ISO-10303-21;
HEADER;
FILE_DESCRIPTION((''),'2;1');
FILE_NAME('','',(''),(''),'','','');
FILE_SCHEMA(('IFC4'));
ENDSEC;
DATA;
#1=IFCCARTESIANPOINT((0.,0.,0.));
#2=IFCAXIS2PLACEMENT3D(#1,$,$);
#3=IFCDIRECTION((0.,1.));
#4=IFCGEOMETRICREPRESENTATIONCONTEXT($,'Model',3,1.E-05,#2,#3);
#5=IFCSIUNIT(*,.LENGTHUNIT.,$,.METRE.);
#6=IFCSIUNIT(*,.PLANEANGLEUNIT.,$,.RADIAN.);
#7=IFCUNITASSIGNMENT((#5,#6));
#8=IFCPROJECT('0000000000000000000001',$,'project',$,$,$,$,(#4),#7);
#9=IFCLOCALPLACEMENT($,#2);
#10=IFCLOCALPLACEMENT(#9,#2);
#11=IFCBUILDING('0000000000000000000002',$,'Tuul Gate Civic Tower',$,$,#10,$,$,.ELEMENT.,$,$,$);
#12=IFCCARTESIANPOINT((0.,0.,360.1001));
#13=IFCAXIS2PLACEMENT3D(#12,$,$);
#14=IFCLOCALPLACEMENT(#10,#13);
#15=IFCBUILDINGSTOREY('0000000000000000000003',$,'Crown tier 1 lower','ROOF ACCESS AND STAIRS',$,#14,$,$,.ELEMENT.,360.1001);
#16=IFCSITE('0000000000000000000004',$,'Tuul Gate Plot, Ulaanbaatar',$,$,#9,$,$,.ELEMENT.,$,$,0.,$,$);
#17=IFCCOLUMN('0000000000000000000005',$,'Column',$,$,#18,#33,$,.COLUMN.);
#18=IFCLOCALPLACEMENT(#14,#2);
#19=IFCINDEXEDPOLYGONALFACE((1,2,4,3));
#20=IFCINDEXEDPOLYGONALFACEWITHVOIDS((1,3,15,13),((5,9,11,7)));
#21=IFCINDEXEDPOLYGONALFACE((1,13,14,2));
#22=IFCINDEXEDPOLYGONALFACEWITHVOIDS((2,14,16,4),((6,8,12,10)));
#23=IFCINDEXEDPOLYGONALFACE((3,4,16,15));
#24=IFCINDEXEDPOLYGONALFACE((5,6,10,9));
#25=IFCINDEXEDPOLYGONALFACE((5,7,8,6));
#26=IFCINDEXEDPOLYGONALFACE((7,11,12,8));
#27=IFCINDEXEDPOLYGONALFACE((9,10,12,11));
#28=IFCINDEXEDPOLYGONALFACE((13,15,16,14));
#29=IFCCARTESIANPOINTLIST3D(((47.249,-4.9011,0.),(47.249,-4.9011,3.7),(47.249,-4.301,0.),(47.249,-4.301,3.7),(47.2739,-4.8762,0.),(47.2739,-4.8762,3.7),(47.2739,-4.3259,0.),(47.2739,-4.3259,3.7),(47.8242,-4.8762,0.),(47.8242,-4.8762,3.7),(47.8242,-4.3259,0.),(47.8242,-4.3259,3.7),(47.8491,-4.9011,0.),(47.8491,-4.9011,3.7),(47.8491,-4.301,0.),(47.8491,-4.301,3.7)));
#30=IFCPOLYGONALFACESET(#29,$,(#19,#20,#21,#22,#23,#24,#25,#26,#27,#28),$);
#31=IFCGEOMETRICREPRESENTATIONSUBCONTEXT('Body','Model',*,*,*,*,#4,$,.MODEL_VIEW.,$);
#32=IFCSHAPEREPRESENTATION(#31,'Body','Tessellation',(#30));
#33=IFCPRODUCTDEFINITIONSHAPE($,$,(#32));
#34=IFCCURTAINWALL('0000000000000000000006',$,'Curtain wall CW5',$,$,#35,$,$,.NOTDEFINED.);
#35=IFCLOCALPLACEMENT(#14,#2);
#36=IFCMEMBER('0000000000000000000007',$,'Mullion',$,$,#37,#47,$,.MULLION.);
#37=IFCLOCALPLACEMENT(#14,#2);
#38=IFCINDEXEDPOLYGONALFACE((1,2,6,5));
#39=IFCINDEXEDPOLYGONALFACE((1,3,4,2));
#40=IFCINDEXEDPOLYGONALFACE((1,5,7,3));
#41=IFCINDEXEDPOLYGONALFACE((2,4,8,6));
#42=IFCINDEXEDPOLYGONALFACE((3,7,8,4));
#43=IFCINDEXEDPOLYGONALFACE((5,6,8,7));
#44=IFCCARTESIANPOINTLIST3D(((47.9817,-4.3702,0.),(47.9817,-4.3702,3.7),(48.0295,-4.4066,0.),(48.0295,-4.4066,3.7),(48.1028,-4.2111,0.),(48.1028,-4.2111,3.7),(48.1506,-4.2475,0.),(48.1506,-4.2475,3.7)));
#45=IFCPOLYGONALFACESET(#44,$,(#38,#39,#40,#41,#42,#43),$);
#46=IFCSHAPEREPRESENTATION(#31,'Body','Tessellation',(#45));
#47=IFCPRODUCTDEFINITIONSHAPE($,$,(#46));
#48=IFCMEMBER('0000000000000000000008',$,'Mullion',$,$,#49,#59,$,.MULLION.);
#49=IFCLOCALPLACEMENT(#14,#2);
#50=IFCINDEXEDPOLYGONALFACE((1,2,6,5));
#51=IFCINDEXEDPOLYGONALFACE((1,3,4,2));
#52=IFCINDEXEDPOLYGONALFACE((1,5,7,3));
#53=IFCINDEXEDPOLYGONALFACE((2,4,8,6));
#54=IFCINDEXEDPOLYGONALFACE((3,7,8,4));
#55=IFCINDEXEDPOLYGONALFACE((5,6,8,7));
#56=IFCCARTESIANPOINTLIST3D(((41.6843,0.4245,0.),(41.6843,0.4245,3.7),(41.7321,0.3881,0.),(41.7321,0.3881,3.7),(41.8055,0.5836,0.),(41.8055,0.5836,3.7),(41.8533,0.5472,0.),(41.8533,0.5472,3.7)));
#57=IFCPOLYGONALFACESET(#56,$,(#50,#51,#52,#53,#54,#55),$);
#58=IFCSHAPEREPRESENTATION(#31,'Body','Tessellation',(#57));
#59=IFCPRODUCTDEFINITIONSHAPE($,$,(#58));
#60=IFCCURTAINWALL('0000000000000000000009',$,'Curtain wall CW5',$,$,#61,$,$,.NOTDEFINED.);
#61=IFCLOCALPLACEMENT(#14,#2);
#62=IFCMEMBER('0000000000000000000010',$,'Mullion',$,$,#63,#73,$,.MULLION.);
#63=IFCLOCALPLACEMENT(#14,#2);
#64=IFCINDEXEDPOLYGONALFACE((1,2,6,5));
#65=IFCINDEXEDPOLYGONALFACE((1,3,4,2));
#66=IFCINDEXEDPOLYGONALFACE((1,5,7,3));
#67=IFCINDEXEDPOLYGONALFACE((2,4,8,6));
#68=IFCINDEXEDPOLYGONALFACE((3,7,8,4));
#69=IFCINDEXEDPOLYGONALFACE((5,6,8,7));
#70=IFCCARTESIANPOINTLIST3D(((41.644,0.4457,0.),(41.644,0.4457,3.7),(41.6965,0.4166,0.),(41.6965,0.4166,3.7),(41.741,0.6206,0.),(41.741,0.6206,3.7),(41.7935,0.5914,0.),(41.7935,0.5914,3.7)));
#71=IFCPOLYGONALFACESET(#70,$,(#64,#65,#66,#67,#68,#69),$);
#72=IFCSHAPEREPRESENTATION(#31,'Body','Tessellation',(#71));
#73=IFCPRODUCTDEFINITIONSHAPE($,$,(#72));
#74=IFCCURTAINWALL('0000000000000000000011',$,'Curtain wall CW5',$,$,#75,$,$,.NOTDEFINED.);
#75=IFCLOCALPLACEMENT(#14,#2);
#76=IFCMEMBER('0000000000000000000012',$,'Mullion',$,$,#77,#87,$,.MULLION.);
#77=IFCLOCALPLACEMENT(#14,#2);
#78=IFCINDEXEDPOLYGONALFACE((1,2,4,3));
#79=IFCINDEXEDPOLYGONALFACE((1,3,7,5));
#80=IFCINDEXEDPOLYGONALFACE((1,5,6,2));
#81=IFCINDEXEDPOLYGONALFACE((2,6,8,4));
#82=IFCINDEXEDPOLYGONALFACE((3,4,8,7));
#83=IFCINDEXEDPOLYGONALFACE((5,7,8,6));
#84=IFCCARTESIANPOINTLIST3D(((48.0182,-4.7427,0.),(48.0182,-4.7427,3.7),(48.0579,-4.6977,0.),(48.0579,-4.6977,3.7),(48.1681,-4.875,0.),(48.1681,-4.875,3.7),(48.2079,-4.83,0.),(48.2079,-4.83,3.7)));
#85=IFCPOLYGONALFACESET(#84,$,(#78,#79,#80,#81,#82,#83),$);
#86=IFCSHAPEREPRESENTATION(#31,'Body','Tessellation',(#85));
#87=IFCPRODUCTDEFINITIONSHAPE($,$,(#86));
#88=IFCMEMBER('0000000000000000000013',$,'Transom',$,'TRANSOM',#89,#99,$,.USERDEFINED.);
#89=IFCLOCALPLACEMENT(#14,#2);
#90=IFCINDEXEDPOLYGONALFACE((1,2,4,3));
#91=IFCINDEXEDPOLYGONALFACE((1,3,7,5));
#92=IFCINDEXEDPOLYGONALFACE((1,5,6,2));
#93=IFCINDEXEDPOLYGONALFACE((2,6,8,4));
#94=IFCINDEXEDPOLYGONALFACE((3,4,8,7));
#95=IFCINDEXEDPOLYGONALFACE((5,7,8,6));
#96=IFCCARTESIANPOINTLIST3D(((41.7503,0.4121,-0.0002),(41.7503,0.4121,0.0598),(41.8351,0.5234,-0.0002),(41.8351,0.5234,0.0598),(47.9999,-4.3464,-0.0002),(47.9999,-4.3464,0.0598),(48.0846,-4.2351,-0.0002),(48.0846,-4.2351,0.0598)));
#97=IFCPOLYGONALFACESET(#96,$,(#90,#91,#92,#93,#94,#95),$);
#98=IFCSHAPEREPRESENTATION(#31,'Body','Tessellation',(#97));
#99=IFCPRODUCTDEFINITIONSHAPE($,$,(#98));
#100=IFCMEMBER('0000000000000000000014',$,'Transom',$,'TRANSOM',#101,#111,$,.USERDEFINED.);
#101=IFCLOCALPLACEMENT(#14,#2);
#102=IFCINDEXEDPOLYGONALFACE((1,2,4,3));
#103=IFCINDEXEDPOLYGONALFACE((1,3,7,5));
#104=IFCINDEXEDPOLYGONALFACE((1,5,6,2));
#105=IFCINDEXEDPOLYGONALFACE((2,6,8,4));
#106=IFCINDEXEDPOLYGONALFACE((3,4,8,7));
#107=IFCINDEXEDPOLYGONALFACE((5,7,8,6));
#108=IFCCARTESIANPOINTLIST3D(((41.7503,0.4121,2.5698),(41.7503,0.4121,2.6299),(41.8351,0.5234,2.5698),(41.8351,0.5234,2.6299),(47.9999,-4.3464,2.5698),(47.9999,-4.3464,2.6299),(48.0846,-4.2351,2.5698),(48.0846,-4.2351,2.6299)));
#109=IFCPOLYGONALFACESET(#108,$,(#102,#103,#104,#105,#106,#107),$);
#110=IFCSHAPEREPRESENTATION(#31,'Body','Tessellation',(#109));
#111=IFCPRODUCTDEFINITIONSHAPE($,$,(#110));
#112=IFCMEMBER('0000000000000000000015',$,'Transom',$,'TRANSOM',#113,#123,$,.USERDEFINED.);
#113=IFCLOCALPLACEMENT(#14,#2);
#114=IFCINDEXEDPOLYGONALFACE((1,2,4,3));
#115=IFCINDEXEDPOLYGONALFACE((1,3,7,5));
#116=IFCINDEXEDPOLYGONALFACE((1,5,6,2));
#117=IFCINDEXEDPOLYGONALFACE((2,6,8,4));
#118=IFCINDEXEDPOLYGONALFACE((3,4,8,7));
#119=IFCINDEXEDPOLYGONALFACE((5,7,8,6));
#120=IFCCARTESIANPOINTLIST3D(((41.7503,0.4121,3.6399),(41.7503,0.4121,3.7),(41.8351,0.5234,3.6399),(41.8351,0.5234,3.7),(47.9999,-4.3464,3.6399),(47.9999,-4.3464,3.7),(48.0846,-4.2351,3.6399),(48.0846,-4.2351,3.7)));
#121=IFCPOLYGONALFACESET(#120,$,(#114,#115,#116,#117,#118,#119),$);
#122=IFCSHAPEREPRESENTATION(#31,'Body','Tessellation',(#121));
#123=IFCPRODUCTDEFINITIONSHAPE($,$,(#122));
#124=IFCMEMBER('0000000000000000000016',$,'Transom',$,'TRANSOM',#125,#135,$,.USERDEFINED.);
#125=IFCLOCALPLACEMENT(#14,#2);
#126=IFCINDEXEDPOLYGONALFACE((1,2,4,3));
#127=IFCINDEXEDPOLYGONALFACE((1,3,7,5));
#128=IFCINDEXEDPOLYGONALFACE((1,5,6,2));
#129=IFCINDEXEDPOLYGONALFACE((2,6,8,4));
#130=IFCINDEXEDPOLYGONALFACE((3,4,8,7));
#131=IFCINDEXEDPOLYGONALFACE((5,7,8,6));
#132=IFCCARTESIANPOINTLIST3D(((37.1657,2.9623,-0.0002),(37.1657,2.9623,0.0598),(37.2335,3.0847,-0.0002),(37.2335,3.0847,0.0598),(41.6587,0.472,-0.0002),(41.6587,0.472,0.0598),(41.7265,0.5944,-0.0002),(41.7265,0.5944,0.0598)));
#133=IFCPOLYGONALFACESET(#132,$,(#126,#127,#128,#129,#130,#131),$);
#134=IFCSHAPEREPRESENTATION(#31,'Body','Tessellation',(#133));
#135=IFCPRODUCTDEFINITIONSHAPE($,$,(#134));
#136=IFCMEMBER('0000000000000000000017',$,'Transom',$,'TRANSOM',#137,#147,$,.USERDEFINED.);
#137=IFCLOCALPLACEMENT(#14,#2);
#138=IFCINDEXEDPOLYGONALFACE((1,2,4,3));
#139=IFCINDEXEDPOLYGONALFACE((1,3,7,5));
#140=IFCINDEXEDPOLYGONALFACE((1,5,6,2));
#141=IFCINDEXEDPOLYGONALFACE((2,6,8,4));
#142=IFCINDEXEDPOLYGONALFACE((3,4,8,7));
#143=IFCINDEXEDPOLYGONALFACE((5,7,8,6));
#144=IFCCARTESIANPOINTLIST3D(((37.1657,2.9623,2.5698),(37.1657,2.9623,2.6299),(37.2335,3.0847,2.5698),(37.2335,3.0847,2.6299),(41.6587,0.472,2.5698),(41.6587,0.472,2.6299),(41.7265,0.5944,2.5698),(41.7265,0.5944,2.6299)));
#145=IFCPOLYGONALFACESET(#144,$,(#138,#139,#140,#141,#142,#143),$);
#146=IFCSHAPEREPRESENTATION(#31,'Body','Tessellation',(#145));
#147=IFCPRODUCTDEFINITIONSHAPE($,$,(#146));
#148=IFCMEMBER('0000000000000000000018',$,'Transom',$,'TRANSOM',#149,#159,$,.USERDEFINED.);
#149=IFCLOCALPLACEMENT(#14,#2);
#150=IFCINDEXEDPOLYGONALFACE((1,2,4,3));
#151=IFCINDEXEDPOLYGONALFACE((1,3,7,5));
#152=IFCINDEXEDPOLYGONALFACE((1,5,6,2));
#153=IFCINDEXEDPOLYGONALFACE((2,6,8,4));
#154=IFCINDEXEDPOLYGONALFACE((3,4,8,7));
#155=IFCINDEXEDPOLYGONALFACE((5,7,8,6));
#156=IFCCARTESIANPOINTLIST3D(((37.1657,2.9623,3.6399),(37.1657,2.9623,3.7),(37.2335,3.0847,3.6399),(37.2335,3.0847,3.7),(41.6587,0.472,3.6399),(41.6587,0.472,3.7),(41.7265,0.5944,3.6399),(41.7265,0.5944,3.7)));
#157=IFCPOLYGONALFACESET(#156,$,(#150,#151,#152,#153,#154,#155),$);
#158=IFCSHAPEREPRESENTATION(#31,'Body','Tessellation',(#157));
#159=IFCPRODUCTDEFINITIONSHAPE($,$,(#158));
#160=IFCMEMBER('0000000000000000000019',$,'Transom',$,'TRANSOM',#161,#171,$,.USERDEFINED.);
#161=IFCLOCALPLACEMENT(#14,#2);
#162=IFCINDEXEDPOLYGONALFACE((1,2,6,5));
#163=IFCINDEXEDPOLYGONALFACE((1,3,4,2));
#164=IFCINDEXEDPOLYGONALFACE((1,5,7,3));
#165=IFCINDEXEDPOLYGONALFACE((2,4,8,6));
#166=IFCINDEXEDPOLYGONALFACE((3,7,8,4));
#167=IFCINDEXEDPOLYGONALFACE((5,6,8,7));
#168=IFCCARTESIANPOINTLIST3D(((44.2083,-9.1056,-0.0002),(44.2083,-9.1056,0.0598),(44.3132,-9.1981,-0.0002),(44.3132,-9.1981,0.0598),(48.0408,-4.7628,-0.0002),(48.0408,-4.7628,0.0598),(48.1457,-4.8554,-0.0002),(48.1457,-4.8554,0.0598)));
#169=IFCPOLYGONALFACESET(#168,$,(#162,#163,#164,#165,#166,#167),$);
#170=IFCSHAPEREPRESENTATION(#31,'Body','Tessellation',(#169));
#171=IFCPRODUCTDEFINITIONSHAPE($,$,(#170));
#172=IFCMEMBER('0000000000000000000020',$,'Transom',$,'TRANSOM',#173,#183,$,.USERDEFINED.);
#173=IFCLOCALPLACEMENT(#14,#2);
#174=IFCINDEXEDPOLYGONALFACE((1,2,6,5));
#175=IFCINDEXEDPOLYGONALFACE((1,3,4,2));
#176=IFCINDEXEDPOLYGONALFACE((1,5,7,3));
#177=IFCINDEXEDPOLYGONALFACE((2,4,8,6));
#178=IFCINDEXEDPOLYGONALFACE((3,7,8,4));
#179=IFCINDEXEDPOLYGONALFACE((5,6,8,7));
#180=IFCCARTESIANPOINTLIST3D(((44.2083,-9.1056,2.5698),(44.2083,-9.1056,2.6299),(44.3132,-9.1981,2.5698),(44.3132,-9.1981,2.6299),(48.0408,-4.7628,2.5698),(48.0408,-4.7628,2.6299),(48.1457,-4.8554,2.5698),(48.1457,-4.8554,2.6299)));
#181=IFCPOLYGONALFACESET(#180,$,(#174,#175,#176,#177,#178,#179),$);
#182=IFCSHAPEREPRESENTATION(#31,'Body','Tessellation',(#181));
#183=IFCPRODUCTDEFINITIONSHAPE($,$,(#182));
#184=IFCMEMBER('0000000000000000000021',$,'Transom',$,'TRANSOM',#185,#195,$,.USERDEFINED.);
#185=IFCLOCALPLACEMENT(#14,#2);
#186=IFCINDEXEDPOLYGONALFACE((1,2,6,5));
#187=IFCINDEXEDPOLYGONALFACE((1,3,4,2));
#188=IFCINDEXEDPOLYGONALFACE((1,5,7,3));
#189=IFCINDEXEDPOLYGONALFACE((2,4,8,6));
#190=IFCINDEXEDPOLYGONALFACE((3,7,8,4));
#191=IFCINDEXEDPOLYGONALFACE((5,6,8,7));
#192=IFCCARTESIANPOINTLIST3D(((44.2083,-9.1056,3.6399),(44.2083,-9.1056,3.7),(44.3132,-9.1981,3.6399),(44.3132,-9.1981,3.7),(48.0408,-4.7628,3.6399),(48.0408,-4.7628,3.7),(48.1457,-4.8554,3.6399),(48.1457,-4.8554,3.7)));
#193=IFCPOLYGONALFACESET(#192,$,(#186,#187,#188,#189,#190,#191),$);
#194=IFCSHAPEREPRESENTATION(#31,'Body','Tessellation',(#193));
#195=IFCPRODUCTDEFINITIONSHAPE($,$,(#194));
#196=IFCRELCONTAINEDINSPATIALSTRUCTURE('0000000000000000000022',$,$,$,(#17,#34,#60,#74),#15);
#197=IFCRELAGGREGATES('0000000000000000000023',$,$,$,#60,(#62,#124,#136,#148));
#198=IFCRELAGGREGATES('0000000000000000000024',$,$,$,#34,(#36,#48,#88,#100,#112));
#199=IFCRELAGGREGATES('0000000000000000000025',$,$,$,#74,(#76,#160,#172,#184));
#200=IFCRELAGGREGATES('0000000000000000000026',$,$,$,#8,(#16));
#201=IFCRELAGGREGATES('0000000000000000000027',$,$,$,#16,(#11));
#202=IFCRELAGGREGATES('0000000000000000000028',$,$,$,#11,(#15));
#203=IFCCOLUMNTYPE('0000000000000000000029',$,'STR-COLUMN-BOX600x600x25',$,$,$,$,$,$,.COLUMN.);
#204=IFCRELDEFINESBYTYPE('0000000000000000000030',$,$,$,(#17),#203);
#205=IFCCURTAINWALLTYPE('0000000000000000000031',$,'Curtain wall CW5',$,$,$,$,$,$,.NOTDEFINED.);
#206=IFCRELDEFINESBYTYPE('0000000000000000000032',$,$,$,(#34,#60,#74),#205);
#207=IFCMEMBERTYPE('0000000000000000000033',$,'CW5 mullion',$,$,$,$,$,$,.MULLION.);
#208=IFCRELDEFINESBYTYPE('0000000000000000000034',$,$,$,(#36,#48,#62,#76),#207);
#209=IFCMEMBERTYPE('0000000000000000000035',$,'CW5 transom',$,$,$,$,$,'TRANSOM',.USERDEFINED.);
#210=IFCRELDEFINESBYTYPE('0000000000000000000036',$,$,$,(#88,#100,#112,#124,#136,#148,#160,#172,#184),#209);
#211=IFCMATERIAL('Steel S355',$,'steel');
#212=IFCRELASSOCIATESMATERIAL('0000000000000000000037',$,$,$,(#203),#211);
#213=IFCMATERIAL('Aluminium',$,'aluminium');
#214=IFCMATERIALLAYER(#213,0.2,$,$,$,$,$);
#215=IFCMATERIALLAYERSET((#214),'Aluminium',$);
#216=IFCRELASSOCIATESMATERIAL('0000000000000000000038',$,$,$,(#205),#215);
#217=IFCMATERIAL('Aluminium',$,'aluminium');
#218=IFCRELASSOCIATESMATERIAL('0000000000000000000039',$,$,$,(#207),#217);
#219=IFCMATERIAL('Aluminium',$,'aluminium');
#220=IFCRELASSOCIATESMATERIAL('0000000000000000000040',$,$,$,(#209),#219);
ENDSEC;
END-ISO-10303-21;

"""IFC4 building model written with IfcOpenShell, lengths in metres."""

from ifc_helpers import new_model, si_unit, direction, frame, origin, origin_2d, place, context, subcontext, project, spatial, rectangle, hollow_rectangle, extrude, material, layer, layer_set, material_profile, profile_set, type_object, element, aggregate, save


model = new_model("IFC4")

# Units and contexts
model_context = context("Model", 3, precision=1e-05, world=origin(), true_north=direction((0.0, 1.0)))
body_context = subcontext(model_context, "Body", "Model", "MODEL_VIEW")
ifc_project = project(units=[si_unit("LENGTHUNIT", "METRE"), si_unit("PLANEANGLEUNIT", "RADIAN")], contexts=[model_context])

# Site, building, storey
site_placement = place(None, origin())
site = spatial("IfcSite", under=ifc_project, at=site_placement, Name="Tuul Gate Plot, Ulaanbaatar", CompositionType="ELEMENT", RefElevation=0.0)
building_placement = place(site_placement, origin())
building = spatial("IfcBuilding", under=site, at=building_placement, Name="Tuul Gate Civic Tower", CompositionType="ELEMENT")
storey_placement = place(building_placement, frame((0.0, 0.0, 360.1001)))
storey = spatial("IfcBuildingStorey", under=building, at=storey_placement, Name="Crown tier 1 lower", Description="ROOF ACCESS AND STAIRS", CompositionType="ELEMENT", Elevation=360.1001)

# Column
ifc_material_1 = material(Name="Steel S355", Category="steel")
ifc_material_profile_1 = material_profile(ifc_material_1, hollow_rectangle(XDim=0.6001, YDim=0.6001, WallThickness=0.0249, at=origin_2d()), Name="BOX600x600x25")
ifc_profile_set_1 = profile_set([ifc_material_profile_1], Name="Steel S355")
column_type = type_object("IfcColumnType", Name="STR-COLUMN-BOX600x600x25", PredefinedType="COLUMN", material=ifc_profile_set_1)
column_placement = place(storey_placement, frame((47.5491, -4.6011, 0.0), z_axis=(0.0, 0.0, 1.0), x_axis=(1.0, 0.0, 0.0)))
element("IfcColumn", 1, at=column_placement, inside=storey, type_object=column_type, Name="Column", PredefinedType="COLUMN", context=body_context, shape_type="SweptSolid", body=[
    extrude(hollow_rectangle(XDim=0.6001, YDim=0.6001, WallThickness=0.0249, at=origin_2d()), origin(), (0.0, 0.0, 1.0), 3.7),
])

# Curtain wall, members
ifc_material_2 = material(Name="Aluminium", Category="aluminium")
ifc_layer_1 = layer(ifc_material_2, 0.2)
ifc_layer_set_1 = layer_set([ifc_layer_1], Name="Aluminium")
curtain_wall_type = type_object("IfcCurtainWallType", Name="Curtain wall CW5", PredefinedType="NOTDEFINED", material=ifc_layer_set_1)
curtain_wall_1_placement = place(storey_placement, origin())
curtain_wall_1 = element("IfcCurtainWall", 2, at=curtain_wall_1_placement, inside=storey, type_object=curtain_wall_type, Name="Curtain wall CW5", PredefinedType="NOTDEFINED")
ifc_material_3 = material(Name="Aluminium", Category="aluminium")
ifc_material_profile_2 = material_profile(ifc_material_3, rectangle(XDim=0.2, YDim=0.0601, at=origin_2d()), Name="CW5 mullion")
ifc_profile_set_2 = profile_set([ifc_material_profile_2], Name="Aluminium")
member_type_1 = type_object("IfcMemberType", Name="CW5 mullion", PredefinedType="MULLION", material=ifc_profile_set_2)
member_1_placement = place(storey_placement, frame((48.0662, -4.3088, 0.0), z_axis=(0.0, 0.0, 1.0), x_axis=(-0.605782, -0.79563, 0.0)))
member_1 = element("IfcMember", 3, at=member_1_placement, type_object=member_type_1, Name="Mullion", PredefinedType="MULLION", context=body_context, shape_type="SweptSolid", body=[
    extrude(rectangle(XDim=0.2, YDim=0.0601, at=origin_2d()), origin(), (0.0, 0.0, 1.0), 3.7),
])
member_2_placement = place(storey_placement, frame((41.7688, 0.4858, 0.0), z_axis=(0.0, 0.0, 1.0), x_axis=(-0.605782, -0.79563, 0.0)))
member_2 = element("IfcMember", 4, at=member_2_placement, type_object=member_type_1, Name="Mullion", PredefinedType="MULLION", context=body_context, shape_type="SweptSolid", body=[
    extrude(rectangle(XDim=0.2, YDim=0.0601, at=origin_2d()), origin(), (0.0, 0.0, 1.0), 3.7),
])

# Curtain walls, members
curtain_wall_2_placement = place(storey_placement, origin())
curtain_wall_2 = element("IfcCurtainWall", 5, at=curtain_wall_2_placement, inside=storey, type_object=curtain_wall_type, Name="Curtain wall CW5", PredefinedType="NOTDEFINED")
member_3_placement = place(storey_placement, frame((41.7188, 0.5186, 0.0), z_axis=(0.0, 0.0, 1.0), x_axis=(-0.484806, -0.874622, 0.0)))
member_3 = element("IfcMember", 6, at=member_3_placement, type_object=member_type_1, Name="Mullion", PredefinedType="MULLION", context=body_context, shape_type="SweptSolid", body=[
    extrude(rectangle(XDim=0.2, YDim=0.0601, at=origin_2d()), origin(), (0.0, 0.0, 1.0), 3.7),
])
curtain_wall_3_placement = place(storey_placement, origin())
curtain_wall_3 = element("IfcCurtainWall", 7, at=curtain_wall_3_placement, inside=storey, type_object=curtain_wall_type, Name="Curtain wall CW5", PredefinedType="NOTDEFINED")
member_4_placement = place(storey_placement, frame((48.113, -4.7864, 0.0), z_axis=(0.0, 0.0, 1.0), x_axis=(-0.749793, 0.661672, 0.0)))
member_4 = element("IfcMember", 8, at=member_4_placement, type_object=member_type_1, Name="Mullion", PredefinedType="MULLION", context=body_context, shape_type="SweptSolid", body=[
    extrude(rectangle(XDim=0.2, YDim=0.0601, at=origin_2d()), origin(), (0.0, 0.0, 1.0), 3.7),
])

# Members
ifc_material_4 = material(Name="Aluminium", Category="aluminium")
ifc_material_profile_3 = material_profile(ifc_material_4, rectangle(XDim=0.1399, YDim=0.0601, at=origin_2d()), Name="CW5 transom")
ifc_profile_set_3 = profile_set([ifc_material_profile_3], Name="Aluminium")
member_type_2 = type_object("IfcMemberType", Name="CW5 transom", ElementType="TRANSOM", PredefinedType="USERDEFINED", material=ifc_profile_set_3)
member_5_placement = place(storey_placement, frame((48.0422, -4.2908, 0.0298), z_axis=(-0.795615, 0.605803, 0.0), x_axis=(-0.605803, -0.795615, 0.0)))
member_5 = element("IfcMember", 9, at=member_5_placement, type_object=member_type_2, Name="Transom", ObjectType="TRANSOM", PredefinedType="USERDEFINED", context=body_context, shape_type="SweptSolid", body=[
    extrude(rectangle(XDim=0.1399, YDim=0.0601, at=origin_2d()), origin(), (0.0, 0.0, 1.0), 7.855),
])
member_6_placement = place(storey_placement, frame((48.0422, -4.2908, 2.5999), z_axis=(-0.795615, 0.605803, 0.0), x_axis=(-0.605803, -0.795615, 0.0)))
member_6 = element("IfcMember", 10, at=member_6_placement, type_object=member_type_2, Name="Transom", ObjectType="TRANSOM", PredefinedType="USERDEFINED", context=body_context, shape_type="SweptSolid", body=[
    extrude(rectangle(XDim=0.1399, YDim=0.0601, at=origin_2d()), origin(), (0.0, 0.0, 1.0), 7.855),
])
member_7_placement = place(storey_placement, frame((48.0422, -4.2908, 3.6699), z_axis=(-0.795615, 0.605803, 0.0), x_axis=(-0.605803, -0.795615, 0.0)))
member_7 = element("IfcMember", 11, at=member_7_placement, type_object=member_type_2, Name="Transom", ObjectType="TRANSOM", PredefinedType="USERDEFINED", context=body_context, shape_type="SweptSolid", body=[
    extrude(rectangle(XDim=0.1399, YDim=0.0601, at=origin_2d()), origin(), (0.0, 0.0, 1.0), 7.855),
])
member_8_placement = place(storey_placement, frame((41.6926, 0.5332, 0.0298), z_axis=(-0.874639, 0.484775, 0.0), x_axis=(-0.484775, -0.874639, 0.0)))
member_8 = element("IfcMember", 12, at=member_8_placement, type_object=member_type_2, Name="Transom", ObjectType="TRANSOM", PredefinedType="USERDEFINED", context=body_context, shape_type="SweptSolid", body=[
    extrude(rectangle(XDim=0.1399, YDim=0.0601, at=origin_2d()), origin(), (0.0, 0.0, 1.0), 5.137),
])
member_9_placement = place(storey_placement, frame((41.6926, 0.5332, 2.5999), z_axis=(-0.874639, 0.484775, 0.0), x_axis=(-0.484775, -0.874639, 0.0)))
member_9 = element("IfcMember", 13, at=member_9_placement, type_object=member_type_2, Name="Transom", ObjectType="TRANSOM", PredefinedType="USERDEFINED", context=body_context, shape_type="SweptSolid", body=[
    extrude(rectangle(XDim=0.1399, YDim=0.0601, at=origin_2d()), origin(), (0.0, 0.0, 1.0), 5.137),
])
member_10_placement = place(storey_placement, frame((41.6926, 0.5332, 3.6699), z_axis=(-0.874639, 0.484775, 0.0), x_axis=(-0.484775, -0.874639, 0.0)))
member_10 = element("IfcMember", 14, at=member_10_placement, type_object=member_type_2, Name="Transom", ObjectType="TRANSOM", PredefinedType="USERDEFINED", context=body_context, shape_type="SweptSolid", body=[
    extrude(rectangle(XDim=0.1399, YDim=0.0601, at=origin_2d()), origin(), (0.0, 0.0, 1.0), 5.137),
])
aggregate(curtain_wall_2, [member_3, member_8, member_9, member_10])
member_11_placement = place(storey_placement, frame((44.2607, -9.1519, 0.0298), z_axis=(0.661686, 0.749781, 0.0), x_axis=(-0.749781, 0.661686, 0.0)))
member_11 = element("IfcMember", 15, at=member_11_placement, type_object=member_type_2, Name="Transom", ObjectType="TRANSOM", PredefinedType="USERDEFINED", context=body_context, shape_type="SweptSolid", body=[
    extrude(rectangle(XDim=0.1399, YDim=0.0601, at=origin_2d()), origin(), (0.0, 0.0, 1.0), 5.792),
])
member_12_placement = place(storey_placement, frame((44.2607, -9.1519, 2.5999), z_axis=(0.661686, 0.749781, 0.0), x_axis=(-0.749781, 0.661686, 0.0)))
member_12 = element("IfcMember", 16, at=member_12_placement, type_object=member_type_2, Name="Transom", ObjectType="TRANSOM", PredefinedType="USERDEFINED", context=body_context, shape_type="SweptSolid", body=[
    extrude(rectangle(XDim=0.1399, YDim=0.0601, at=origin_2d()), origin(), (0.0, 0.0, 1.0), 5.792),
])
member_13_placement = place(storey_placement, frame((44.2607, -9.1519, 3.6699), z_axis=(0.661686, 0.749781, 0.0), x_axis=(-0.749781, 0.661686, 0.0)))
member_13 = element("IfcMember", 17, at=member_13_placement, type_object=member_type_2, Name="Transom", ObjectType="TRANSOM", PredefinedType="USERDEFINED", context=body_context, shape_type="SweptSolid", body=[
    extrude(rectangle(XDim=0.1399, YDim=0.0601, at=origin_2d()), origin(), (0.0, 0.0, 1.0), 5.792),
])

aggregate(curtain_wall_1, [member_1, member_2, member_5, member_6, member_7])
aggregate(curtain_wall_3, [member_4, member_11, member_12, member_13])

save(model, "model.ifc")
